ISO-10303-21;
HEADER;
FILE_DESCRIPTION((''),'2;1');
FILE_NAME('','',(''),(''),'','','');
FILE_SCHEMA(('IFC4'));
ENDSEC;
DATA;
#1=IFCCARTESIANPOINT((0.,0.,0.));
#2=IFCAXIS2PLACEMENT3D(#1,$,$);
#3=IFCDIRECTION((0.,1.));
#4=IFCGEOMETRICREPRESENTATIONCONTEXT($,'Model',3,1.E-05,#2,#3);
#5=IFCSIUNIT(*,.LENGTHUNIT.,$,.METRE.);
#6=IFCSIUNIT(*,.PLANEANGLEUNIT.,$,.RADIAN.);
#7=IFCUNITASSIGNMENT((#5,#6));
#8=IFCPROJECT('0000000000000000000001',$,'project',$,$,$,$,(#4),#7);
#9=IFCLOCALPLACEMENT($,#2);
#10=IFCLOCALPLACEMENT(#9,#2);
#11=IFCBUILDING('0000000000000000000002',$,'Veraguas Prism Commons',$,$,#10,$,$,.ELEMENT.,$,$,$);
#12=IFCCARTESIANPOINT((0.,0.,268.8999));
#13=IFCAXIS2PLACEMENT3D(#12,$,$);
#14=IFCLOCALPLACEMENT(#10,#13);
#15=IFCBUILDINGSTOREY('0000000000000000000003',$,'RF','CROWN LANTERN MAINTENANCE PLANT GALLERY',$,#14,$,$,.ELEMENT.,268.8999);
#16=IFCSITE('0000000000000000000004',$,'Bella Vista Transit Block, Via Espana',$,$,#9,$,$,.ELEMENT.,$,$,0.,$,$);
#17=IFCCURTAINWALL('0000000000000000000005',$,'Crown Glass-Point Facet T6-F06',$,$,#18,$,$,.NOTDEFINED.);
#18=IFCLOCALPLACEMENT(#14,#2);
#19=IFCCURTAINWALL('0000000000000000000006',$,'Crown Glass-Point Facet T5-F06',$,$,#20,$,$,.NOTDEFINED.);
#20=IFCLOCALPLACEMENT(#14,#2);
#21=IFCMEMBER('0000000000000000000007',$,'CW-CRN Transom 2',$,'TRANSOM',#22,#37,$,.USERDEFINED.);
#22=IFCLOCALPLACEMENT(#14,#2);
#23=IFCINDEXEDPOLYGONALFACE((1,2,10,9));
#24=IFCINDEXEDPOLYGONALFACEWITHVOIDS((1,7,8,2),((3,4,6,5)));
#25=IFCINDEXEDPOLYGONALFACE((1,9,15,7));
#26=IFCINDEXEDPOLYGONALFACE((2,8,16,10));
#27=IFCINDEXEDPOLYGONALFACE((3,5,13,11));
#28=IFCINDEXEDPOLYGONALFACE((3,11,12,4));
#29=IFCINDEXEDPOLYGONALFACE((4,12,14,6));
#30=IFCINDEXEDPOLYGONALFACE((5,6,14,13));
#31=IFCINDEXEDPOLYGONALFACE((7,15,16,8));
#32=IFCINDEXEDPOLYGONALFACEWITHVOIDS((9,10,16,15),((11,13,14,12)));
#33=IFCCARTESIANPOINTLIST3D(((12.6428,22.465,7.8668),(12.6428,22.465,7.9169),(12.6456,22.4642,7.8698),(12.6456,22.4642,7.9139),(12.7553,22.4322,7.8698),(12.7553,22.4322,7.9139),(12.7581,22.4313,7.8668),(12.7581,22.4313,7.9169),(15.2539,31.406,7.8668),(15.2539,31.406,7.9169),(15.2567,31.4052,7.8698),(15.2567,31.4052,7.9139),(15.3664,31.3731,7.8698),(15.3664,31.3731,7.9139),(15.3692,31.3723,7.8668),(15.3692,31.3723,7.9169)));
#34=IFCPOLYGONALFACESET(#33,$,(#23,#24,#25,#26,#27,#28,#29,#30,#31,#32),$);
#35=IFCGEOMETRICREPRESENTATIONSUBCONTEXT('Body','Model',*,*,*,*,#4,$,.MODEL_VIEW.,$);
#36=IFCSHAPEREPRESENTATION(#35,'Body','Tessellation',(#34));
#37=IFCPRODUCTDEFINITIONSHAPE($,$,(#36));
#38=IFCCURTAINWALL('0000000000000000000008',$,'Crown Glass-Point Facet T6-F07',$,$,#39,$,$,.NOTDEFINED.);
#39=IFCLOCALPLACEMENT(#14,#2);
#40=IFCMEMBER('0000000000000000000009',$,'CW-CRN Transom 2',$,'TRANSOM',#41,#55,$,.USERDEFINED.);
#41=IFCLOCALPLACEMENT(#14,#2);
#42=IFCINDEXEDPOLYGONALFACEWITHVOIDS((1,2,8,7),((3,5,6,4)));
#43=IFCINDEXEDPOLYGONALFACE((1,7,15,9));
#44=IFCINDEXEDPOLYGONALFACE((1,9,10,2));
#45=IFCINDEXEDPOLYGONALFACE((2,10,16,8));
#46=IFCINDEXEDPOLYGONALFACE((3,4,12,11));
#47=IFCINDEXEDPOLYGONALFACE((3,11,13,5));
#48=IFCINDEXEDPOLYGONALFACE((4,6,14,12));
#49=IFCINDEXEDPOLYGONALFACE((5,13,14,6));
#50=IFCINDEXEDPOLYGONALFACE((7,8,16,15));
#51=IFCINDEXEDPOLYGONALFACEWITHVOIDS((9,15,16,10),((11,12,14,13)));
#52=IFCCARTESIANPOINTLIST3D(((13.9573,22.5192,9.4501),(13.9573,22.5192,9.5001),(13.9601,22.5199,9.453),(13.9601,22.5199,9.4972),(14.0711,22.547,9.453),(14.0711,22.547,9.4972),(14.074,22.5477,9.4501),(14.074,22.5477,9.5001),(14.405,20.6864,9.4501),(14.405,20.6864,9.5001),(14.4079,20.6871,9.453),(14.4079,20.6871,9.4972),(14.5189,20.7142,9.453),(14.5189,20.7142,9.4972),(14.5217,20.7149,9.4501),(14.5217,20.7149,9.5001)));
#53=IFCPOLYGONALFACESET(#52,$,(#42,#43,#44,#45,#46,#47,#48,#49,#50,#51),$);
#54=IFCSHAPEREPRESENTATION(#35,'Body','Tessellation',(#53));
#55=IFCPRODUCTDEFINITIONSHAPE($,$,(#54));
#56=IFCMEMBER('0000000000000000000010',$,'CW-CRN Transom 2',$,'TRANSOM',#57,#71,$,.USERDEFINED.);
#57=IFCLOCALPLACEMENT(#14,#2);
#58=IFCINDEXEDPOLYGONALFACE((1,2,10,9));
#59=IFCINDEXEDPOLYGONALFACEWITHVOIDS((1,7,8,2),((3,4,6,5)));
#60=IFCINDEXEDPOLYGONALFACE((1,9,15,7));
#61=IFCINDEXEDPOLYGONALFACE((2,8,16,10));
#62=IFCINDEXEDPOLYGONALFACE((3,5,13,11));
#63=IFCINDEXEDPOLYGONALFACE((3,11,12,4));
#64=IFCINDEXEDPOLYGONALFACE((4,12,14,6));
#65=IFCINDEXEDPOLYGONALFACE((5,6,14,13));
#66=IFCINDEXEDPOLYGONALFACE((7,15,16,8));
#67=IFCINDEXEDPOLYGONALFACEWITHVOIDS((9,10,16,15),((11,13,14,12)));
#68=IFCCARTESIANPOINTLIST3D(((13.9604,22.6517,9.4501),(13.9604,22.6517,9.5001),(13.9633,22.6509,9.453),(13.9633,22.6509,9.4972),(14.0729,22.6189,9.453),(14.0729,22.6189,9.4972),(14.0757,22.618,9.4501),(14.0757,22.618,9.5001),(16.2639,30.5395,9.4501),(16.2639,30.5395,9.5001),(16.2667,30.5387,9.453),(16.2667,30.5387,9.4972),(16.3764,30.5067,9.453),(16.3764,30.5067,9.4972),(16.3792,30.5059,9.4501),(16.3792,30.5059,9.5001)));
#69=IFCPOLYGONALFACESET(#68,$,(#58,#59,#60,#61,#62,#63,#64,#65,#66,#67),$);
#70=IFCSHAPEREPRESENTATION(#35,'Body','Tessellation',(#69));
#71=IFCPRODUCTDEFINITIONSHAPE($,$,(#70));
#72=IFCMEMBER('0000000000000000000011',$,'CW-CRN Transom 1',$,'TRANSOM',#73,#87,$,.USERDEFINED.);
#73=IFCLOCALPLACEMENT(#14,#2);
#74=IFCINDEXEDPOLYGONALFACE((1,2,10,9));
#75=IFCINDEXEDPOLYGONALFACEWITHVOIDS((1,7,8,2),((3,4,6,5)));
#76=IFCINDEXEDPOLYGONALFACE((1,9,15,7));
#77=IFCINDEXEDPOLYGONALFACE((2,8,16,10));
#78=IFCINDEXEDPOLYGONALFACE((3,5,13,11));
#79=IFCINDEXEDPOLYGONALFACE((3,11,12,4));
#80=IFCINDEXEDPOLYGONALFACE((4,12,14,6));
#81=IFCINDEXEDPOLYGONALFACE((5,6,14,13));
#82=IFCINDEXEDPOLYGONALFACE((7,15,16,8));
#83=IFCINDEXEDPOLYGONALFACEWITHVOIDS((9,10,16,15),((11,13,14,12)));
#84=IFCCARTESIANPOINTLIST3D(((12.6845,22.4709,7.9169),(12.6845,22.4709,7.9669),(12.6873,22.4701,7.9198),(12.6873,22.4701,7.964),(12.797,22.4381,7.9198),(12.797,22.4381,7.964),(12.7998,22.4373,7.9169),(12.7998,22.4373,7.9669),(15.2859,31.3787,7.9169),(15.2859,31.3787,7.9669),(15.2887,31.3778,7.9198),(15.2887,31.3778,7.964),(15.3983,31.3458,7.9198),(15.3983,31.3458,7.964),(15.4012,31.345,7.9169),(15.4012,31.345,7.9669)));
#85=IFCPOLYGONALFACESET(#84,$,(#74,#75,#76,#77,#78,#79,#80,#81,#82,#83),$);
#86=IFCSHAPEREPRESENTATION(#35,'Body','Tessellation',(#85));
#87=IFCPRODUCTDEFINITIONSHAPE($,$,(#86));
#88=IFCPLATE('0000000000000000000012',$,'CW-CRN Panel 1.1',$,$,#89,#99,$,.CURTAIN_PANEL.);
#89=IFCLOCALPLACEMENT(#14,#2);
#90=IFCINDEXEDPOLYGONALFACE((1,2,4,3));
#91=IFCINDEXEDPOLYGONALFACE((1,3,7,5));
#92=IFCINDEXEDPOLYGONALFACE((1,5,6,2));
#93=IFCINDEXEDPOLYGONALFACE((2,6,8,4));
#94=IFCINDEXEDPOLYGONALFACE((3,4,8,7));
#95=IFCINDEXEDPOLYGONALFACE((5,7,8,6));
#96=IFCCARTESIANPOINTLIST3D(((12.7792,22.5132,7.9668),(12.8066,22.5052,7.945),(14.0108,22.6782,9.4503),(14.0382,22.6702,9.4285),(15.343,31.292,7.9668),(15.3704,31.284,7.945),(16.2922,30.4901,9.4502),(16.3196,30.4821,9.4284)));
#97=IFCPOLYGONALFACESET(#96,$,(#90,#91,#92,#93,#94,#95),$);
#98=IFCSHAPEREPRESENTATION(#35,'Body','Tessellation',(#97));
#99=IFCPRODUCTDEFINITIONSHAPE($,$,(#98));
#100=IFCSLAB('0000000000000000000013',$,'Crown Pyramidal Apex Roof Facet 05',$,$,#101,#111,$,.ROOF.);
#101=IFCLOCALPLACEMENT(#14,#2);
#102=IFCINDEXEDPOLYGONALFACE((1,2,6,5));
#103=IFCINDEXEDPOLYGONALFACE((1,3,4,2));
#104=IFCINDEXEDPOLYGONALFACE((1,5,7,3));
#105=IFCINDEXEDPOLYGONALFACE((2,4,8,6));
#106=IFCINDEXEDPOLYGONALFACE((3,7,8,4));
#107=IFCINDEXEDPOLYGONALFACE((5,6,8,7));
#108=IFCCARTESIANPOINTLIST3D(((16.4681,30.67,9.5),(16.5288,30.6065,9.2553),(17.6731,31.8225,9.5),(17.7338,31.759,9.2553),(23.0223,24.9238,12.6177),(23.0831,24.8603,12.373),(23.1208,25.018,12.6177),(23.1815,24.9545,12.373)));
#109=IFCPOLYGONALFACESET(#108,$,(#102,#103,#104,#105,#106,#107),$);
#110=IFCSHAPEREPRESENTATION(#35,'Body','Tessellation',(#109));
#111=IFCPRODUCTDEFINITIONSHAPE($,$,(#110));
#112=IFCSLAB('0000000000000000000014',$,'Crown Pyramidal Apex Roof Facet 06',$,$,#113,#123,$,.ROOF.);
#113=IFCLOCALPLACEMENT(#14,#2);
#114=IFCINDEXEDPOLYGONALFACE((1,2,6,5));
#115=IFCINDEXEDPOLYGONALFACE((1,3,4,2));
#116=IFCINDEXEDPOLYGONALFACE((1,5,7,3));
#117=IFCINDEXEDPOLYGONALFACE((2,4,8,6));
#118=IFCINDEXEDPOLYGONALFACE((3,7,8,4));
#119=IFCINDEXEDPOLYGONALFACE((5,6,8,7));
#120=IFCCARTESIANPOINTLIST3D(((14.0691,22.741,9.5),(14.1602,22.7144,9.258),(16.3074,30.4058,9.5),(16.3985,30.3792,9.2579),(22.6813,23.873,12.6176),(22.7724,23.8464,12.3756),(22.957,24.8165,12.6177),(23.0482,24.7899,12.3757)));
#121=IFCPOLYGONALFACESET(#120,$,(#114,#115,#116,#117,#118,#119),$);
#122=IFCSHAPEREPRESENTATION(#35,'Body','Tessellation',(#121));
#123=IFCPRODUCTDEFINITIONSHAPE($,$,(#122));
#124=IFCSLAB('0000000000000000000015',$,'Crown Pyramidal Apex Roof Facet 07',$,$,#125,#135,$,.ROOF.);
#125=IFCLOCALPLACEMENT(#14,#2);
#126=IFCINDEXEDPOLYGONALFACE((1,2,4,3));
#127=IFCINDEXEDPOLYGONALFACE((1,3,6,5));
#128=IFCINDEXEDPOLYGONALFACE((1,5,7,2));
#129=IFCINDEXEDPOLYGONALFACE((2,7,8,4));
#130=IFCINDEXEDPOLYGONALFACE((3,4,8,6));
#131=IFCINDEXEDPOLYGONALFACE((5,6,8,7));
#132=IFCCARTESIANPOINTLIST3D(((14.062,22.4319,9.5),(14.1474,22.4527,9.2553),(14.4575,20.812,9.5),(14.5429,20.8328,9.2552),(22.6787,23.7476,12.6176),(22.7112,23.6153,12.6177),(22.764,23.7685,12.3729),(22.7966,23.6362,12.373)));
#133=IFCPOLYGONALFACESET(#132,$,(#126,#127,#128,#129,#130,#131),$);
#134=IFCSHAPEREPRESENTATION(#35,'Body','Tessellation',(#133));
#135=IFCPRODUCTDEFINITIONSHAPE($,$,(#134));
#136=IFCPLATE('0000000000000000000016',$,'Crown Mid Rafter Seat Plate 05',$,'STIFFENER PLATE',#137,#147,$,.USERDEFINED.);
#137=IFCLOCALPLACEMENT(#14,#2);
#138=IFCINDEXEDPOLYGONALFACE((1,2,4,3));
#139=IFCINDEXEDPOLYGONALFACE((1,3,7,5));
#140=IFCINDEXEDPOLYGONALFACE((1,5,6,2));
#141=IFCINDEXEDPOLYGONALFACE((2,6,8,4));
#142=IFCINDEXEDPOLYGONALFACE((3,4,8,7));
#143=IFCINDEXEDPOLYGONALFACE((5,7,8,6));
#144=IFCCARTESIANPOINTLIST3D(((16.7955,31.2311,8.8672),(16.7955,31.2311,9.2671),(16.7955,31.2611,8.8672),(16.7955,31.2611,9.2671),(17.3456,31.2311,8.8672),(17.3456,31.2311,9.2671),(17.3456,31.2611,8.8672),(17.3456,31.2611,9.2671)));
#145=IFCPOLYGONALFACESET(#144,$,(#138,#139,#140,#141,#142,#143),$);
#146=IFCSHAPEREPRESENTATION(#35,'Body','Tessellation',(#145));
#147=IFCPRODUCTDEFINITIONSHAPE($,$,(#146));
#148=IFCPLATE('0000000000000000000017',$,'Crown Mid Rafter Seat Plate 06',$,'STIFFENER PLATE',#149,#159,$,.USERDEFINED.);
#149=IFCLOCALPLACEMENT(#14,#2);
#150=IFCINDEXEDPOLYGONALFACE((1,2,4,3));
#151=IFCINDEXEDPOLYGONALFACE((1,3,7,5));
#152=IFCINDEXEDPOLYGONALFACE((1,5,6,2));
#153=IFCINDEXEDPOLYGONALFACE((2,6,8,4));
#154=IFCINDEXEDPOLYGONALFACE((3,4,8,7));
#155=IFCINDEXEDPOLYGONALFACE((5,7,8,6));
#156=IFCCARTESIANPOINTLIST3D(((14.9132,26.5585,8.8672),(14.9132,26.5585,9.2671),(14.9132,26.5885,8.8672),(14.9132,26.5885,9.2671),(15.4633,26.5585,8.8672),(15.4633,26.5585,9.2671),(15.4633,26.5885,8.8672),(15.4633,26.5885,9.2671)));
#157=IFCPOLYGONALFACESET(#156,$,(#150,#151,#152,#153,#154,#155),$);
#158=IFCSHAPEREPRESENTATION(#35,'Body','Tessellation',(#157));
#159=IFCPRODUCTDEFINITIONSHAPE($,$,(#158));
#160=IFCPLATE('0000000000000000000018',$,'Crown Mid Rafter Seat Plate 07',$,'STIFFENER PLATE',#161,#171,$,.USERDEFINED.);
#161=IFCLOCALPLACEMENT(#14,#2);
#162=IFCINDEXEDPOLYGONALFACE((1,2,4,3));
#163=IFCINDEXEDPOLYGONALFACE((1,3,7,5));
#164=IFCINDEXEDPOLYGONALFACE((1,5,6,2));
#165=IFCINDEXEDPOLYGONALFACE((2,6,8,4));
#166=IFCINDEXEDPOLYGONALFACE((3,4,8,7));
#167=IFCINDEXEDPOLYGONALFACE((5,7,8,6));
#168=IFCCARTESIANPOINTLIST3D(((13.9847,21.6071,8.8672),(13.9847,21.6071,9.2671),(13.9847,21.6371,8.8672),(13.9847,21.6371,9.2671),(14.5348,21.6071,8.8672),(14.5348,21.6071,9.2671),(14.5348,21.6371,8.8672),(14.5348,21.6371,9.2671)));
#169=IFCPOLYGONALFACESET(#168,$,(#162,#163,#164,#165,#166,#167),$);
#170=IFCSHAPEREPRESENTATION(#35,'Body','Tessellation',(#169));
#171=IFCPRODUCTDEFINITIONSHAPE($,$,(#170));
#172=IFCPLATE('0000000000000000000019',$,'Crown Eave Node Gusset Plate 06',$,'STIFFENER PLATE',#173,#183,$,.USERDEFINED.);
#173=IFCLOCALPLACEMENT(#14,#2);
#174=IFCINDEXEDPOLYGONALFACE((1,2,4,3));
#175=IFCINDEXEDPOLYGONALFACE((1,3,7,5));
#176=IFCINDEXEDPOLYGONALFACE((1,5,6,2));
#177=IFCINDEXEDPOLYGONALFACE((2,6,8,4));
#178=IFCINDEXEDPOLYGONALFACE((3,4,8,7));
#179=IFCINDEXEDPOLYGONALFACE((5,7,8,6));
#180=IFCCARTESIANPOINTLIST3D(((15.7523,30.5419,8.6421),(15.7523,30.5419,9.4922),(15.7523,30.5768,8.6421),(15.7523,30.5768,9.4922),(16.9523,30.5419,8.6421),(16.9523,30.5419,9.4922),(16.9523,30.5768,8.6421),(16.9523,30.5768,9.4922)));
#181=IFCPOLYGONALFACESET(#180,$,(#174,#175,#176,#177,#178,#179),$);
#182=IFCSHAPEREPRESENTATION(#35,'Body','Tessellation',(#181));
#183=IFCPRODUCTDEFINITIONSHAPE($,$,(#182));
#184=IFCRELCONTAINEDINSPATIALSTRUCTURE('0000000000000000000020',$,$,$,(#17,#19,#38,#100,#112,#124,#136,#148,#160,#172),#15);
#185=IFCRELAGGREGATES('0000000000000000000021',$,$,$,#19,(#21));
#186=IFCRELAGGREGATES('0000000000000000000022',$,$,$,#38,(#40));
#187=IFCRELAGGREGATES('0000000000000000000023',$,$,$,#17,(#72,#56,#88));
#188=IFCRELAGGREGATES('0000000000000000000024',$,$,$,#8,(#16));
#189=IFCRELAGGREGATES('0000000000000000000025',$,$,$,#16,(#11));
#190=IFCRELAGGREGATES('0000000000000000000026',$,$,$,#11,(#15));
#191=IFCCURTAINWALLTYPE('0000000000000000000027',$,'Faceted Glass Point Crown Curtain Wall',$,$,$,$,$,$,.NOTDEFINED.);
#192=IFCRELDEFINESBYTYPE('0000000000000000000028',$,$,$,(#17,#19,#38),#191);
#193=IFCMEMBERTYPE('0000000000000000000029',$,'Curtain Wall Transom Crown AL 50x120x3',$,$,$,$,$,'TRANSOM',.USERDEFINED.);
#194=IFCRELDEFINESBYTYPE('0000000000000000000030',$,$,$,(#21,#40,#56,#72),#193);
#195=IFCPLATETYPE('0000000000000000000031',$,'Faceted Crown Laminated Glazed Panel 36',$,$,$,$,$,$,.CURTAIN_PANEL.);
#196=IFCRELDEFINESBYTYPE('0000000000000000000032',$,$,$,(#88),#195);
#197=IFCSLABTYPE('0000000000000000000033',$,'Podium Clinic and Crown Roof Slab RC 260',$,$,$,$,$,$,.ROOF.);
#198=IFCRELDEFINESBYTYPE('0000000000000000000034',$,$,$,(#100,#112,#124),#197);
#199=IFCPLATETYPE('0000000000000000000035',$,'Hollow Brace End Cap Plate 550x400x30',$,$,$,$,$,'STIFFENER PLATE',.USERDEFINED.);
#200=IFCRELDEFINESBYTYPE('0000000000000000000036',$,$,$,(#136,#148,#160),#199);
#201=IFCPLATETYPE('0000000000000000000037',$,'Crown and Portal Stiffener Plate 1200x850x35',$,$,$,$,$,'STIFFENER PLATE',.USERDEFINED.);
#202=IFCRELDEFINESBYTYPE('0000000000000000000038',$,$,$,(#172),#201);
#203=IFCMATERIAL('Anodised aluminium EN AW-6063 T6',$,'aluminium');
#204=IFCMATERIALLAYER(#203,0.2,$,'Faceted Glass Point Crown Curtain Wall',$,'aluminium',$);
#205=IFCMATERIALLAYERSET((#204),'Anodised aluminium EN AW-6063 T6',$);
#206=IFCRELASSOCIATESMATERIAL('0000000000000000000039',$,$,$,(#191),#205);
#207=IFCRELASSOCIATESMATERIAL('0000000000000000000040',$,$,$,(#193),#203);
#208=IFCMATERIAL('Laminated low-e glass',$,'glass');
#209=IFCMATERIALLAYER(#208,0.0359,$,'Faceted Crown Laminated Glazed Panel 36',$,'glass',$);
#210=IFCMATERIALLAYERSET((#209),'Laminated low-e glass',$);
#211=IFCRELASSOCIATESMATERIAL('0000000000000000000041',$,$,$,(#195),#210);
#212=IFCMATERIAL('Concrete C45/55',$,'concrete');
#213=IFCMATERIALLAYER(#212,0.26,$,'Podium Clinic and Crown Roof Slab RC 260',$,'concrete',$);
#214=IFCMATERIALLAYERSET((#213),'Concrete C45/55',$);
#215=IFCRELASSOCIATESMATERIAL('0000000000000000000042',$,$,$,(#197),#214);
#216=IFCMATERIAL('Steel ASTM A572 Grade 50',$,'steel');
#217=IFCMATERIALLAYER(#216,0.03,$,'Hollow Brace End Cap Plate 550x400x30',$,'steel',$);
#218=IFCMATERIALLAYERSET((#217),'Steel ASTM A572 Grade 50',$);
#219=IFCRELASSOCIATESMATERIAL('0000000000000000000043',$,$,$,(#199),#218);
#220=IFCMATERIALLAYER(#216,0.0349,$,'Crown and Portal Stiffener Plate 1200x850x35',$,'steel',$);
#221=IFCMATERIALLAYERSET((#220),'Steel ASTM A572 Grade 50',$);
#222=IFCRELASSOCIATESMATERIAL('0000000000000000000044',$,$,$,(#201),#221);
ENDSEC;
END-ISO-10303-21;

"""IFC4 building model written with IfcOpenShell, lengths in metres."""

from ifc_helpers import new_model, si_unit, direction, frame, origin, origin_2d, place, context, subcontext, project, spatial, polyline, rectangle, hollow_rectangle, outline, extrude, source, transform, mapped, material, layer, layer_set, material_profile, profile_set, type_object, element, aggregate, save


model = new_model("IFC4")

# Units and contexts
model_context = context("Model", 3, precision=1e-05, world=origin(), true_north=direction((0.0, 1.0)))
body_context = subcontext(model_context, "Body", "Model", "MODEL_VIEW")
ifc_project = project(units=[si_unit("LENGTHUNIT", "METRE"), si_unit("PLANEANGLEUNIT", "RADIAN")], contexts=[model_context])

# Site, building, storey
site_placement = place(None, origin())
site = spatial("IfcSite", under=ifc_project, at=site_placement, Name="Bella Vista Transit Block, Via Espana", CompositionType="ELEMENT", RefElevation=0.0)
building_placement = place(site_placement, origin())
building = spatial("IfcBuilding", under=site, at=building_placement, Name="Veraguas Prism Commons", CompositionType="ELEMENT")
storey_placement = place(building_placement, frame((0.0, 0.0, 268.8999)))
storey = spatial("IfcBuildingStorey", under=building, at=storey_placement, Name="RF", Description="CROWN LANTERN MAINTENANCE PLANT GALLERY", CompositionType="ELEMENT", Elevation=268.8999)

# Curtain walls, members
ifc_material_1 = material(Name="Anodised aluminium EN AW-6063 T6", Category="aluminium")
ifc_layer_1 = layer(ifc_material_1, 0.2, Name="Faceted Glass Point Crown Curtain Wall", Category="aluminium")
ifc_layer_set_1 = layer_set([ifc_layer_1], Name="Anodised aluminium EN AW-6063 T6")
curtain_wall_type = type_object("IfcCurtainWallType", Name="Faceted Glass Point Crown Curtain Wall", PredefinedType="NOTDEFINED", material=ifc_layer_set_1)
curtain_wall_1_placement = place(storey_placement, origin())
curtain_wall_1 = element("IfcCurtainWall", 1, at=curtain_wall_1_placement, inside=storey, type_object=curtain_wall_type, Name="Crown Glass-Point Facet T6-F06", PredefinedType="NOTDEFINED")
curtain_wall_2_placement = place(storey_placement, origin())
curtain_wall_2 = element("IfcCurtainWall", 2, at=curtain_wall_2_placement, inside=storey, type_object=curtain_wall_type, Name="Crown Glass-Point Facet T5-F06", PredefinedType="NOTDEFINED")
ifc_material_profile_1 = material_profile(ifc_material_1, hollow_rectangle(XDim=0.05, YDim=0.1201, WallThickness=0.0029, at=origin_2d()), Name="AL50X120X3")
ifc_profile_set_1 = profile_set([ifc_material_profile_1], Name="Anodised aluminium EN AW-6063 T6")
member_type_1 = type_object("IfcMemberType", Name="Curtain Wall Transom Crown AL 50x120x3", ElementType="TRANSOM", PredefinedType="USERDEFINED", material=ifc_profile_set_1)
shared_shape_1 = source(origin(), body_context, "Body", "SweptSolid", [
    extrude(hollow_rectangle(XDim=0.05, YDim=0.1201, WallThickness=0.0029, at=origin_2d()), origin(), (0.0, 0.0, 1.0), 9.3145),
])
member_1_placement = place(storey_placement, frame((15.3115, 31.3892, 7.8918), z_axis=(-0.280328, -0.959904, 0.0), x_axis=(0.0, 0.0, 1.0)))
member_1 = element("IfcMember", 3, at=member_1_placement, type_object=member_type_1, Name="CW-CRN Transom 2", ObjectType="TRANSOM", PredefinedType="USERDEFINED", context=body_context, shape_type="MappedRepresentation", body=[
    mapped(shared_shape_1, transform((0.0, 0.0, 0.0), scale=1.0)),
])
aggregate(curtain_wall_2, [member_1])
curtain_wall_3_placement = place(storey_placement, origin())
curtain_wall_3 = element("IfcCurtainWall", 4, at=curtain_wall_3_placement, inside=storey, type_object=curtain_wall_type, Name="Crown Glass-Point Facet T6-F07", PredefinedType="NOTDEFINED")
shared_shape_2 = source(origin(), body_context, "Body", "SweptSolid", [
    extrude(hollow_rectangle(XDim=0.05, YDim=0.1201, WallThickness=0.0029, at=origin_2d()), origin(), (0.0, 0.0, 1.0), 1.8867),
])
member_2_placement = place(storey_placement, frame((14.0156, 22.5334, 9.4751), z_axis=(0.237326, -0.97143, 0.0), x_axis=(0.0, 0.0, 1.0)))
member_2 = element("IfcMember", 5, at=member_2_placement, type_object=member_type_1, Name="CW-CRN Transom 2", ObjectType="TRANSOM", PredefinedType="USERDEFINED", context=body_context, shape_type="MappedRepresentation", body=[
    mapped(shared_shape_2, transform((0.0, 0.0, 0.0), scale=1.0)),
])
aggregate(curtain_wall_3, [member_2])

# Members
shared_shape_3 = source(origin(), body_context, "Body", "SweptSolid", [
    extrude(hollow_rectangle(XDim=0.05, YDim=0.1201, WallThickness=0.0029, at=origin_2d()), origin(), (0.0, 0.0, 1.0), 8.2173),
])
member_3_placement = place(storey_placement, frame((16.3215, 30.5227, 9.4751), z_axis=(-0.280316, -0.959908, 0.0), x_axis=(0.0, 0.0, 1.0)))
member_3 = element("IfcMember", 6, at=member_3_placement, type_object=member_type_1, Name="CW-CRN Transom 2", ObjectType="TRANSOM", PredefinedType="USERDEFINED", context=body_context, shape_type="MappedRepresentation", body=[
    mapped(shared_shape_3, transform((0.0, 0.0, 0.0), scale=1.0)),
])
shared_shape_4 = source(origin(), body_context, "Body", "SweptSolid", [
    extrude(hollow_rectangle(XDim=0.05, YDim=0.1201, WallThickness=0.0029, at=origin_2d()), origin(), (0.0, 0.0, 1.0), 9.2798),
])
member_4_placement = place(storey_placement, frame((15.3435, 31.3618, 7.9419), z_axis=(-0.280321, -0.959906, 0.0), x_axis=(0.0, 0.0, 1.0)))
member_4 = element("IfcMember", 7, at=member_4_placement, type_object=member_type_1, Name="CW-CRN Transom 1", ObjectType="TRANSOM", PredefinedType="USERDEFINED", context=body_context, shape_type="MappedRepresentation", body=[
    mapped(shared_shape_4, transform((0.0, 0.0, 0.0), scale=1.0)),
])

# Plate
ifc_material_2 = material(Name="Laminated low-e glass", Category="glass")
ifc_layer_2 = layer(ifc_material_2, 0.0359, Name="Faceted Crown Laminated Glazed Panel 36", Category="glass")
ifc_layer_set_2 = layer_set([ifc_layer_2], Name="Laminated low-e glass")
plate_type_1 = type_object("IfcPlateType", Name="Faceted Crown Laminated Glazed Panel 36", PredefinedType="CURTAIN_PANEL", material=ifc_layer_set_2)
plate_placement = place(storey_placement, frame((15.343, 31.292, 7.9668), z_axis=(-0.762126, 0.222576, 0.607967), x_axis=(-0.280332, -0.959903, 0.000005)))
plate = element("IfcPlate", 8, at=plate_placement, type_object=plate_type_1, Name="CW-CRN Panel 1.1", PredefinedType="CURTAIN_PANEL", context=body_context, shape_type="SweptSolid", body=[
    extrude(outline(polyline([(0.0, 0.0), (9.1455, 0.0), (8.6418, 1.8684), (0.5037, 1.8684), (0.0, 0.0)])), origin(), (0.0, 0.0, -1.0), 0.0359),
])
aggregate(curtain_wall_1, [member_4, member_3, plate])

# Slabs
ifc_material_3 = material(Name="Concrete C45/55", Category="concrete")
ifc_layer_3 = layer(ifc_material_3, 0.26, Name="Podium Clinic and Crown Roof Slab RC 260", Category="concrete")
ifc_layer_set_3 = layer_set([ifc_layer_3], Name="Concrete C45/55")
slab_type = type_object("IfcSlabType", Name="Podium Clinic and Crown Roof Slab RC 260", PredefinedType="ROOF", material=ifc_layer_set_3)
slab_1_placement = place(storey_placement, frame((17.6731, 31.8225, 9.5), z_axis=(-0.233572, 0.244228, 0.941168), x_axis=(-0.722674, -0.691189, 0.000013)))
element("IfcSlab", 9, at=slab_1_placement, inside=storey, type_object=slab_type, Name="Crown Pyramidal Apex Roof Facet 05", PredefinedType="ROOF", context=body_context, shape_type="SweptSolid", body=[
    extrude(outline(polyline([(0.0, 0.0), (1.6675, 0.0), (0.9026, 9.2256), (0.7664, 9.2256), (0.0, 0.0)])), origin(), (0.0, 0.0, -1.0), 0.26),
])
slab_2_placement = place(storey_placement, frame((16.3074, 30.4058, 9.5), z_axis=(-0.350461, 0.102348, 0.930968), x_axis=(-0.280316, -0.959908, 0.000006)))
element("IfcSlab", 10, at=slab_2_placement, inside=storey, type_object=slab_type, Name="Crown Pyramidal Apex Roof Facet 06", PredefinedType="ROOF", context=body_context, shape_type="SweptSolid", body=[
    extrude(outline(polyline([(0.0, 0.0), (7.9849, 0.0), (4.4841, 8.5391), (3.5012, 8.5393), (0.0, 0.0)])), origin(), (0.0, 0.0, -1.0), 0.26),
])
slab_3_placement = place(storey_placement, frame((14.062, 22.4319, 9.5), z_axis=(-0.328283, -0.080184, 0.94117), x_axis=(0.237202, -0.97146, -0.000028)))
element("IfcSlab", 11, at=slab_3_placement, inside=storey, type_object=slab_type, Name="Crown Pyramidal Apex Roof Facet 07", PredefinedType="ROOF", context=body_context, shape_type="SweptSolid", body=[
    extrude(outline(polyline([(0.0, 0.0), (1.6675, 0.0), (0.9019, 9.2258), (0.7656, 9.2256), (0.0, 0.0)])), origin(), (0.0, 0.0, -1.0), 0.26),
])

# Plates
ifc_material_4 = material(Name="Steel ASTM A572 Grade 50", Category="steel")
ifc_layer_4 = layer(ifc_material_4, 0.03, Name="Hollow Brace End Cap Plate 550x400x30", Category="steel")
ifc_layer_set_4 = layer_set([ifc_layer_4], Name="Steel ASTM A572 Grade 50")
plate_type_2 = type_object("IfcPlateType", Name="Hollow Brace End Cap Plate 550x400x30", ElementType="STIFFENER PLATE", PredefinedType="USERDEFINED", material=ifc_layer_set_4)
shared_shape_5 = source(origin(), body_context, "Body", "SweptSolid", [
    extrude(rectangle(XDim=0.55, YDim=0.03, at=origin_2d()), origin(), (0.0, 0.0, 1.0), 0.3999),
])
for number, where, z_axis, x_axis, name in (
    (12, (17.0706, 31.2461, 8.8672), (0.0, 0.0, 1.0), (1.0, 0.0, 0.0), "Crown Mid Rafter Seat Plate 05"),
    (13, (15.1882, 26.5735, 8.8672), (0.0, 0.0, 1.0), (1.0, 0.0, 0.0), "Crown Mid Rafter Seat Plate 06"),
    (14, (14.2598, 21.6221, 8.8672), (0.0, 0.0, 1.0), (1.0, 0.0, 0.0), "Crown Mid Rafter Seat Plate 07"),
):
    element("IfcPlate", number, at=place(storey_placement, frame(where, z_axis=z_axis, x_axis=x_axis)), inside=storey, type_object=plate_type_2, Name=name, ObjectType="STIFFENER PLATE", PredefinedType="USERDEFINED", context=body_context, shape_type="MappedRepresentation", body=[
        mapped(shared_shape_5, transform((0.0, 0.0, 0.0), scale=1.0)),
    ])
ifc_layer_5 = layer(ifc_material_4, 0.0349, Name="Crown and Portal Stiffener Plate 1200x850x35", Category="steel")
ifc_layer_set_5 = layer_set([ifc_layer_5], Name="Steel ASTM A572 Grade 50")
plate_type_3 = type_object("IfcPlateType", Name="Crown and Portal Stiffener Plate 1200x850x35", ElementType="STIFFENER PLATE", PredefinedType="USERDEFINED", material=ifc_layer_set_5)
shared_shape_6 = source(origin(), body_context, "Body", "SweptSolid", [
    extrude(rectangle(XDim=1.2, YDim=0.0349, at=origin_2d()), origin(), (0.0, 0.0, 1.0), 0.8501),
])
for number, where, z_axis, x_axis, name in (
    (15, (16.3523, 30.5593, 8.6421), (0.0, 0.0, 1.0), (1.0, 0.0, 0.0), "Crown Eave Node Gusset Plate 06"),
):
    element("IfcPlate", number, at=place(storey_placement, frame(where, z_axis=z_axis, x_axis=x_axis)), inside=storey, type_object=plate_type_3, Name=name, ObjectType="STIFFENER PLATE", PredefinedType="USERDEFINED", context=body_context, shape_type="MappedRepresentation", body=[
        mapped(shared_shape_6, transform((0.0, 0.0, 0.0), scale=1.0)),
    ])

save(model, "model.ifc")
